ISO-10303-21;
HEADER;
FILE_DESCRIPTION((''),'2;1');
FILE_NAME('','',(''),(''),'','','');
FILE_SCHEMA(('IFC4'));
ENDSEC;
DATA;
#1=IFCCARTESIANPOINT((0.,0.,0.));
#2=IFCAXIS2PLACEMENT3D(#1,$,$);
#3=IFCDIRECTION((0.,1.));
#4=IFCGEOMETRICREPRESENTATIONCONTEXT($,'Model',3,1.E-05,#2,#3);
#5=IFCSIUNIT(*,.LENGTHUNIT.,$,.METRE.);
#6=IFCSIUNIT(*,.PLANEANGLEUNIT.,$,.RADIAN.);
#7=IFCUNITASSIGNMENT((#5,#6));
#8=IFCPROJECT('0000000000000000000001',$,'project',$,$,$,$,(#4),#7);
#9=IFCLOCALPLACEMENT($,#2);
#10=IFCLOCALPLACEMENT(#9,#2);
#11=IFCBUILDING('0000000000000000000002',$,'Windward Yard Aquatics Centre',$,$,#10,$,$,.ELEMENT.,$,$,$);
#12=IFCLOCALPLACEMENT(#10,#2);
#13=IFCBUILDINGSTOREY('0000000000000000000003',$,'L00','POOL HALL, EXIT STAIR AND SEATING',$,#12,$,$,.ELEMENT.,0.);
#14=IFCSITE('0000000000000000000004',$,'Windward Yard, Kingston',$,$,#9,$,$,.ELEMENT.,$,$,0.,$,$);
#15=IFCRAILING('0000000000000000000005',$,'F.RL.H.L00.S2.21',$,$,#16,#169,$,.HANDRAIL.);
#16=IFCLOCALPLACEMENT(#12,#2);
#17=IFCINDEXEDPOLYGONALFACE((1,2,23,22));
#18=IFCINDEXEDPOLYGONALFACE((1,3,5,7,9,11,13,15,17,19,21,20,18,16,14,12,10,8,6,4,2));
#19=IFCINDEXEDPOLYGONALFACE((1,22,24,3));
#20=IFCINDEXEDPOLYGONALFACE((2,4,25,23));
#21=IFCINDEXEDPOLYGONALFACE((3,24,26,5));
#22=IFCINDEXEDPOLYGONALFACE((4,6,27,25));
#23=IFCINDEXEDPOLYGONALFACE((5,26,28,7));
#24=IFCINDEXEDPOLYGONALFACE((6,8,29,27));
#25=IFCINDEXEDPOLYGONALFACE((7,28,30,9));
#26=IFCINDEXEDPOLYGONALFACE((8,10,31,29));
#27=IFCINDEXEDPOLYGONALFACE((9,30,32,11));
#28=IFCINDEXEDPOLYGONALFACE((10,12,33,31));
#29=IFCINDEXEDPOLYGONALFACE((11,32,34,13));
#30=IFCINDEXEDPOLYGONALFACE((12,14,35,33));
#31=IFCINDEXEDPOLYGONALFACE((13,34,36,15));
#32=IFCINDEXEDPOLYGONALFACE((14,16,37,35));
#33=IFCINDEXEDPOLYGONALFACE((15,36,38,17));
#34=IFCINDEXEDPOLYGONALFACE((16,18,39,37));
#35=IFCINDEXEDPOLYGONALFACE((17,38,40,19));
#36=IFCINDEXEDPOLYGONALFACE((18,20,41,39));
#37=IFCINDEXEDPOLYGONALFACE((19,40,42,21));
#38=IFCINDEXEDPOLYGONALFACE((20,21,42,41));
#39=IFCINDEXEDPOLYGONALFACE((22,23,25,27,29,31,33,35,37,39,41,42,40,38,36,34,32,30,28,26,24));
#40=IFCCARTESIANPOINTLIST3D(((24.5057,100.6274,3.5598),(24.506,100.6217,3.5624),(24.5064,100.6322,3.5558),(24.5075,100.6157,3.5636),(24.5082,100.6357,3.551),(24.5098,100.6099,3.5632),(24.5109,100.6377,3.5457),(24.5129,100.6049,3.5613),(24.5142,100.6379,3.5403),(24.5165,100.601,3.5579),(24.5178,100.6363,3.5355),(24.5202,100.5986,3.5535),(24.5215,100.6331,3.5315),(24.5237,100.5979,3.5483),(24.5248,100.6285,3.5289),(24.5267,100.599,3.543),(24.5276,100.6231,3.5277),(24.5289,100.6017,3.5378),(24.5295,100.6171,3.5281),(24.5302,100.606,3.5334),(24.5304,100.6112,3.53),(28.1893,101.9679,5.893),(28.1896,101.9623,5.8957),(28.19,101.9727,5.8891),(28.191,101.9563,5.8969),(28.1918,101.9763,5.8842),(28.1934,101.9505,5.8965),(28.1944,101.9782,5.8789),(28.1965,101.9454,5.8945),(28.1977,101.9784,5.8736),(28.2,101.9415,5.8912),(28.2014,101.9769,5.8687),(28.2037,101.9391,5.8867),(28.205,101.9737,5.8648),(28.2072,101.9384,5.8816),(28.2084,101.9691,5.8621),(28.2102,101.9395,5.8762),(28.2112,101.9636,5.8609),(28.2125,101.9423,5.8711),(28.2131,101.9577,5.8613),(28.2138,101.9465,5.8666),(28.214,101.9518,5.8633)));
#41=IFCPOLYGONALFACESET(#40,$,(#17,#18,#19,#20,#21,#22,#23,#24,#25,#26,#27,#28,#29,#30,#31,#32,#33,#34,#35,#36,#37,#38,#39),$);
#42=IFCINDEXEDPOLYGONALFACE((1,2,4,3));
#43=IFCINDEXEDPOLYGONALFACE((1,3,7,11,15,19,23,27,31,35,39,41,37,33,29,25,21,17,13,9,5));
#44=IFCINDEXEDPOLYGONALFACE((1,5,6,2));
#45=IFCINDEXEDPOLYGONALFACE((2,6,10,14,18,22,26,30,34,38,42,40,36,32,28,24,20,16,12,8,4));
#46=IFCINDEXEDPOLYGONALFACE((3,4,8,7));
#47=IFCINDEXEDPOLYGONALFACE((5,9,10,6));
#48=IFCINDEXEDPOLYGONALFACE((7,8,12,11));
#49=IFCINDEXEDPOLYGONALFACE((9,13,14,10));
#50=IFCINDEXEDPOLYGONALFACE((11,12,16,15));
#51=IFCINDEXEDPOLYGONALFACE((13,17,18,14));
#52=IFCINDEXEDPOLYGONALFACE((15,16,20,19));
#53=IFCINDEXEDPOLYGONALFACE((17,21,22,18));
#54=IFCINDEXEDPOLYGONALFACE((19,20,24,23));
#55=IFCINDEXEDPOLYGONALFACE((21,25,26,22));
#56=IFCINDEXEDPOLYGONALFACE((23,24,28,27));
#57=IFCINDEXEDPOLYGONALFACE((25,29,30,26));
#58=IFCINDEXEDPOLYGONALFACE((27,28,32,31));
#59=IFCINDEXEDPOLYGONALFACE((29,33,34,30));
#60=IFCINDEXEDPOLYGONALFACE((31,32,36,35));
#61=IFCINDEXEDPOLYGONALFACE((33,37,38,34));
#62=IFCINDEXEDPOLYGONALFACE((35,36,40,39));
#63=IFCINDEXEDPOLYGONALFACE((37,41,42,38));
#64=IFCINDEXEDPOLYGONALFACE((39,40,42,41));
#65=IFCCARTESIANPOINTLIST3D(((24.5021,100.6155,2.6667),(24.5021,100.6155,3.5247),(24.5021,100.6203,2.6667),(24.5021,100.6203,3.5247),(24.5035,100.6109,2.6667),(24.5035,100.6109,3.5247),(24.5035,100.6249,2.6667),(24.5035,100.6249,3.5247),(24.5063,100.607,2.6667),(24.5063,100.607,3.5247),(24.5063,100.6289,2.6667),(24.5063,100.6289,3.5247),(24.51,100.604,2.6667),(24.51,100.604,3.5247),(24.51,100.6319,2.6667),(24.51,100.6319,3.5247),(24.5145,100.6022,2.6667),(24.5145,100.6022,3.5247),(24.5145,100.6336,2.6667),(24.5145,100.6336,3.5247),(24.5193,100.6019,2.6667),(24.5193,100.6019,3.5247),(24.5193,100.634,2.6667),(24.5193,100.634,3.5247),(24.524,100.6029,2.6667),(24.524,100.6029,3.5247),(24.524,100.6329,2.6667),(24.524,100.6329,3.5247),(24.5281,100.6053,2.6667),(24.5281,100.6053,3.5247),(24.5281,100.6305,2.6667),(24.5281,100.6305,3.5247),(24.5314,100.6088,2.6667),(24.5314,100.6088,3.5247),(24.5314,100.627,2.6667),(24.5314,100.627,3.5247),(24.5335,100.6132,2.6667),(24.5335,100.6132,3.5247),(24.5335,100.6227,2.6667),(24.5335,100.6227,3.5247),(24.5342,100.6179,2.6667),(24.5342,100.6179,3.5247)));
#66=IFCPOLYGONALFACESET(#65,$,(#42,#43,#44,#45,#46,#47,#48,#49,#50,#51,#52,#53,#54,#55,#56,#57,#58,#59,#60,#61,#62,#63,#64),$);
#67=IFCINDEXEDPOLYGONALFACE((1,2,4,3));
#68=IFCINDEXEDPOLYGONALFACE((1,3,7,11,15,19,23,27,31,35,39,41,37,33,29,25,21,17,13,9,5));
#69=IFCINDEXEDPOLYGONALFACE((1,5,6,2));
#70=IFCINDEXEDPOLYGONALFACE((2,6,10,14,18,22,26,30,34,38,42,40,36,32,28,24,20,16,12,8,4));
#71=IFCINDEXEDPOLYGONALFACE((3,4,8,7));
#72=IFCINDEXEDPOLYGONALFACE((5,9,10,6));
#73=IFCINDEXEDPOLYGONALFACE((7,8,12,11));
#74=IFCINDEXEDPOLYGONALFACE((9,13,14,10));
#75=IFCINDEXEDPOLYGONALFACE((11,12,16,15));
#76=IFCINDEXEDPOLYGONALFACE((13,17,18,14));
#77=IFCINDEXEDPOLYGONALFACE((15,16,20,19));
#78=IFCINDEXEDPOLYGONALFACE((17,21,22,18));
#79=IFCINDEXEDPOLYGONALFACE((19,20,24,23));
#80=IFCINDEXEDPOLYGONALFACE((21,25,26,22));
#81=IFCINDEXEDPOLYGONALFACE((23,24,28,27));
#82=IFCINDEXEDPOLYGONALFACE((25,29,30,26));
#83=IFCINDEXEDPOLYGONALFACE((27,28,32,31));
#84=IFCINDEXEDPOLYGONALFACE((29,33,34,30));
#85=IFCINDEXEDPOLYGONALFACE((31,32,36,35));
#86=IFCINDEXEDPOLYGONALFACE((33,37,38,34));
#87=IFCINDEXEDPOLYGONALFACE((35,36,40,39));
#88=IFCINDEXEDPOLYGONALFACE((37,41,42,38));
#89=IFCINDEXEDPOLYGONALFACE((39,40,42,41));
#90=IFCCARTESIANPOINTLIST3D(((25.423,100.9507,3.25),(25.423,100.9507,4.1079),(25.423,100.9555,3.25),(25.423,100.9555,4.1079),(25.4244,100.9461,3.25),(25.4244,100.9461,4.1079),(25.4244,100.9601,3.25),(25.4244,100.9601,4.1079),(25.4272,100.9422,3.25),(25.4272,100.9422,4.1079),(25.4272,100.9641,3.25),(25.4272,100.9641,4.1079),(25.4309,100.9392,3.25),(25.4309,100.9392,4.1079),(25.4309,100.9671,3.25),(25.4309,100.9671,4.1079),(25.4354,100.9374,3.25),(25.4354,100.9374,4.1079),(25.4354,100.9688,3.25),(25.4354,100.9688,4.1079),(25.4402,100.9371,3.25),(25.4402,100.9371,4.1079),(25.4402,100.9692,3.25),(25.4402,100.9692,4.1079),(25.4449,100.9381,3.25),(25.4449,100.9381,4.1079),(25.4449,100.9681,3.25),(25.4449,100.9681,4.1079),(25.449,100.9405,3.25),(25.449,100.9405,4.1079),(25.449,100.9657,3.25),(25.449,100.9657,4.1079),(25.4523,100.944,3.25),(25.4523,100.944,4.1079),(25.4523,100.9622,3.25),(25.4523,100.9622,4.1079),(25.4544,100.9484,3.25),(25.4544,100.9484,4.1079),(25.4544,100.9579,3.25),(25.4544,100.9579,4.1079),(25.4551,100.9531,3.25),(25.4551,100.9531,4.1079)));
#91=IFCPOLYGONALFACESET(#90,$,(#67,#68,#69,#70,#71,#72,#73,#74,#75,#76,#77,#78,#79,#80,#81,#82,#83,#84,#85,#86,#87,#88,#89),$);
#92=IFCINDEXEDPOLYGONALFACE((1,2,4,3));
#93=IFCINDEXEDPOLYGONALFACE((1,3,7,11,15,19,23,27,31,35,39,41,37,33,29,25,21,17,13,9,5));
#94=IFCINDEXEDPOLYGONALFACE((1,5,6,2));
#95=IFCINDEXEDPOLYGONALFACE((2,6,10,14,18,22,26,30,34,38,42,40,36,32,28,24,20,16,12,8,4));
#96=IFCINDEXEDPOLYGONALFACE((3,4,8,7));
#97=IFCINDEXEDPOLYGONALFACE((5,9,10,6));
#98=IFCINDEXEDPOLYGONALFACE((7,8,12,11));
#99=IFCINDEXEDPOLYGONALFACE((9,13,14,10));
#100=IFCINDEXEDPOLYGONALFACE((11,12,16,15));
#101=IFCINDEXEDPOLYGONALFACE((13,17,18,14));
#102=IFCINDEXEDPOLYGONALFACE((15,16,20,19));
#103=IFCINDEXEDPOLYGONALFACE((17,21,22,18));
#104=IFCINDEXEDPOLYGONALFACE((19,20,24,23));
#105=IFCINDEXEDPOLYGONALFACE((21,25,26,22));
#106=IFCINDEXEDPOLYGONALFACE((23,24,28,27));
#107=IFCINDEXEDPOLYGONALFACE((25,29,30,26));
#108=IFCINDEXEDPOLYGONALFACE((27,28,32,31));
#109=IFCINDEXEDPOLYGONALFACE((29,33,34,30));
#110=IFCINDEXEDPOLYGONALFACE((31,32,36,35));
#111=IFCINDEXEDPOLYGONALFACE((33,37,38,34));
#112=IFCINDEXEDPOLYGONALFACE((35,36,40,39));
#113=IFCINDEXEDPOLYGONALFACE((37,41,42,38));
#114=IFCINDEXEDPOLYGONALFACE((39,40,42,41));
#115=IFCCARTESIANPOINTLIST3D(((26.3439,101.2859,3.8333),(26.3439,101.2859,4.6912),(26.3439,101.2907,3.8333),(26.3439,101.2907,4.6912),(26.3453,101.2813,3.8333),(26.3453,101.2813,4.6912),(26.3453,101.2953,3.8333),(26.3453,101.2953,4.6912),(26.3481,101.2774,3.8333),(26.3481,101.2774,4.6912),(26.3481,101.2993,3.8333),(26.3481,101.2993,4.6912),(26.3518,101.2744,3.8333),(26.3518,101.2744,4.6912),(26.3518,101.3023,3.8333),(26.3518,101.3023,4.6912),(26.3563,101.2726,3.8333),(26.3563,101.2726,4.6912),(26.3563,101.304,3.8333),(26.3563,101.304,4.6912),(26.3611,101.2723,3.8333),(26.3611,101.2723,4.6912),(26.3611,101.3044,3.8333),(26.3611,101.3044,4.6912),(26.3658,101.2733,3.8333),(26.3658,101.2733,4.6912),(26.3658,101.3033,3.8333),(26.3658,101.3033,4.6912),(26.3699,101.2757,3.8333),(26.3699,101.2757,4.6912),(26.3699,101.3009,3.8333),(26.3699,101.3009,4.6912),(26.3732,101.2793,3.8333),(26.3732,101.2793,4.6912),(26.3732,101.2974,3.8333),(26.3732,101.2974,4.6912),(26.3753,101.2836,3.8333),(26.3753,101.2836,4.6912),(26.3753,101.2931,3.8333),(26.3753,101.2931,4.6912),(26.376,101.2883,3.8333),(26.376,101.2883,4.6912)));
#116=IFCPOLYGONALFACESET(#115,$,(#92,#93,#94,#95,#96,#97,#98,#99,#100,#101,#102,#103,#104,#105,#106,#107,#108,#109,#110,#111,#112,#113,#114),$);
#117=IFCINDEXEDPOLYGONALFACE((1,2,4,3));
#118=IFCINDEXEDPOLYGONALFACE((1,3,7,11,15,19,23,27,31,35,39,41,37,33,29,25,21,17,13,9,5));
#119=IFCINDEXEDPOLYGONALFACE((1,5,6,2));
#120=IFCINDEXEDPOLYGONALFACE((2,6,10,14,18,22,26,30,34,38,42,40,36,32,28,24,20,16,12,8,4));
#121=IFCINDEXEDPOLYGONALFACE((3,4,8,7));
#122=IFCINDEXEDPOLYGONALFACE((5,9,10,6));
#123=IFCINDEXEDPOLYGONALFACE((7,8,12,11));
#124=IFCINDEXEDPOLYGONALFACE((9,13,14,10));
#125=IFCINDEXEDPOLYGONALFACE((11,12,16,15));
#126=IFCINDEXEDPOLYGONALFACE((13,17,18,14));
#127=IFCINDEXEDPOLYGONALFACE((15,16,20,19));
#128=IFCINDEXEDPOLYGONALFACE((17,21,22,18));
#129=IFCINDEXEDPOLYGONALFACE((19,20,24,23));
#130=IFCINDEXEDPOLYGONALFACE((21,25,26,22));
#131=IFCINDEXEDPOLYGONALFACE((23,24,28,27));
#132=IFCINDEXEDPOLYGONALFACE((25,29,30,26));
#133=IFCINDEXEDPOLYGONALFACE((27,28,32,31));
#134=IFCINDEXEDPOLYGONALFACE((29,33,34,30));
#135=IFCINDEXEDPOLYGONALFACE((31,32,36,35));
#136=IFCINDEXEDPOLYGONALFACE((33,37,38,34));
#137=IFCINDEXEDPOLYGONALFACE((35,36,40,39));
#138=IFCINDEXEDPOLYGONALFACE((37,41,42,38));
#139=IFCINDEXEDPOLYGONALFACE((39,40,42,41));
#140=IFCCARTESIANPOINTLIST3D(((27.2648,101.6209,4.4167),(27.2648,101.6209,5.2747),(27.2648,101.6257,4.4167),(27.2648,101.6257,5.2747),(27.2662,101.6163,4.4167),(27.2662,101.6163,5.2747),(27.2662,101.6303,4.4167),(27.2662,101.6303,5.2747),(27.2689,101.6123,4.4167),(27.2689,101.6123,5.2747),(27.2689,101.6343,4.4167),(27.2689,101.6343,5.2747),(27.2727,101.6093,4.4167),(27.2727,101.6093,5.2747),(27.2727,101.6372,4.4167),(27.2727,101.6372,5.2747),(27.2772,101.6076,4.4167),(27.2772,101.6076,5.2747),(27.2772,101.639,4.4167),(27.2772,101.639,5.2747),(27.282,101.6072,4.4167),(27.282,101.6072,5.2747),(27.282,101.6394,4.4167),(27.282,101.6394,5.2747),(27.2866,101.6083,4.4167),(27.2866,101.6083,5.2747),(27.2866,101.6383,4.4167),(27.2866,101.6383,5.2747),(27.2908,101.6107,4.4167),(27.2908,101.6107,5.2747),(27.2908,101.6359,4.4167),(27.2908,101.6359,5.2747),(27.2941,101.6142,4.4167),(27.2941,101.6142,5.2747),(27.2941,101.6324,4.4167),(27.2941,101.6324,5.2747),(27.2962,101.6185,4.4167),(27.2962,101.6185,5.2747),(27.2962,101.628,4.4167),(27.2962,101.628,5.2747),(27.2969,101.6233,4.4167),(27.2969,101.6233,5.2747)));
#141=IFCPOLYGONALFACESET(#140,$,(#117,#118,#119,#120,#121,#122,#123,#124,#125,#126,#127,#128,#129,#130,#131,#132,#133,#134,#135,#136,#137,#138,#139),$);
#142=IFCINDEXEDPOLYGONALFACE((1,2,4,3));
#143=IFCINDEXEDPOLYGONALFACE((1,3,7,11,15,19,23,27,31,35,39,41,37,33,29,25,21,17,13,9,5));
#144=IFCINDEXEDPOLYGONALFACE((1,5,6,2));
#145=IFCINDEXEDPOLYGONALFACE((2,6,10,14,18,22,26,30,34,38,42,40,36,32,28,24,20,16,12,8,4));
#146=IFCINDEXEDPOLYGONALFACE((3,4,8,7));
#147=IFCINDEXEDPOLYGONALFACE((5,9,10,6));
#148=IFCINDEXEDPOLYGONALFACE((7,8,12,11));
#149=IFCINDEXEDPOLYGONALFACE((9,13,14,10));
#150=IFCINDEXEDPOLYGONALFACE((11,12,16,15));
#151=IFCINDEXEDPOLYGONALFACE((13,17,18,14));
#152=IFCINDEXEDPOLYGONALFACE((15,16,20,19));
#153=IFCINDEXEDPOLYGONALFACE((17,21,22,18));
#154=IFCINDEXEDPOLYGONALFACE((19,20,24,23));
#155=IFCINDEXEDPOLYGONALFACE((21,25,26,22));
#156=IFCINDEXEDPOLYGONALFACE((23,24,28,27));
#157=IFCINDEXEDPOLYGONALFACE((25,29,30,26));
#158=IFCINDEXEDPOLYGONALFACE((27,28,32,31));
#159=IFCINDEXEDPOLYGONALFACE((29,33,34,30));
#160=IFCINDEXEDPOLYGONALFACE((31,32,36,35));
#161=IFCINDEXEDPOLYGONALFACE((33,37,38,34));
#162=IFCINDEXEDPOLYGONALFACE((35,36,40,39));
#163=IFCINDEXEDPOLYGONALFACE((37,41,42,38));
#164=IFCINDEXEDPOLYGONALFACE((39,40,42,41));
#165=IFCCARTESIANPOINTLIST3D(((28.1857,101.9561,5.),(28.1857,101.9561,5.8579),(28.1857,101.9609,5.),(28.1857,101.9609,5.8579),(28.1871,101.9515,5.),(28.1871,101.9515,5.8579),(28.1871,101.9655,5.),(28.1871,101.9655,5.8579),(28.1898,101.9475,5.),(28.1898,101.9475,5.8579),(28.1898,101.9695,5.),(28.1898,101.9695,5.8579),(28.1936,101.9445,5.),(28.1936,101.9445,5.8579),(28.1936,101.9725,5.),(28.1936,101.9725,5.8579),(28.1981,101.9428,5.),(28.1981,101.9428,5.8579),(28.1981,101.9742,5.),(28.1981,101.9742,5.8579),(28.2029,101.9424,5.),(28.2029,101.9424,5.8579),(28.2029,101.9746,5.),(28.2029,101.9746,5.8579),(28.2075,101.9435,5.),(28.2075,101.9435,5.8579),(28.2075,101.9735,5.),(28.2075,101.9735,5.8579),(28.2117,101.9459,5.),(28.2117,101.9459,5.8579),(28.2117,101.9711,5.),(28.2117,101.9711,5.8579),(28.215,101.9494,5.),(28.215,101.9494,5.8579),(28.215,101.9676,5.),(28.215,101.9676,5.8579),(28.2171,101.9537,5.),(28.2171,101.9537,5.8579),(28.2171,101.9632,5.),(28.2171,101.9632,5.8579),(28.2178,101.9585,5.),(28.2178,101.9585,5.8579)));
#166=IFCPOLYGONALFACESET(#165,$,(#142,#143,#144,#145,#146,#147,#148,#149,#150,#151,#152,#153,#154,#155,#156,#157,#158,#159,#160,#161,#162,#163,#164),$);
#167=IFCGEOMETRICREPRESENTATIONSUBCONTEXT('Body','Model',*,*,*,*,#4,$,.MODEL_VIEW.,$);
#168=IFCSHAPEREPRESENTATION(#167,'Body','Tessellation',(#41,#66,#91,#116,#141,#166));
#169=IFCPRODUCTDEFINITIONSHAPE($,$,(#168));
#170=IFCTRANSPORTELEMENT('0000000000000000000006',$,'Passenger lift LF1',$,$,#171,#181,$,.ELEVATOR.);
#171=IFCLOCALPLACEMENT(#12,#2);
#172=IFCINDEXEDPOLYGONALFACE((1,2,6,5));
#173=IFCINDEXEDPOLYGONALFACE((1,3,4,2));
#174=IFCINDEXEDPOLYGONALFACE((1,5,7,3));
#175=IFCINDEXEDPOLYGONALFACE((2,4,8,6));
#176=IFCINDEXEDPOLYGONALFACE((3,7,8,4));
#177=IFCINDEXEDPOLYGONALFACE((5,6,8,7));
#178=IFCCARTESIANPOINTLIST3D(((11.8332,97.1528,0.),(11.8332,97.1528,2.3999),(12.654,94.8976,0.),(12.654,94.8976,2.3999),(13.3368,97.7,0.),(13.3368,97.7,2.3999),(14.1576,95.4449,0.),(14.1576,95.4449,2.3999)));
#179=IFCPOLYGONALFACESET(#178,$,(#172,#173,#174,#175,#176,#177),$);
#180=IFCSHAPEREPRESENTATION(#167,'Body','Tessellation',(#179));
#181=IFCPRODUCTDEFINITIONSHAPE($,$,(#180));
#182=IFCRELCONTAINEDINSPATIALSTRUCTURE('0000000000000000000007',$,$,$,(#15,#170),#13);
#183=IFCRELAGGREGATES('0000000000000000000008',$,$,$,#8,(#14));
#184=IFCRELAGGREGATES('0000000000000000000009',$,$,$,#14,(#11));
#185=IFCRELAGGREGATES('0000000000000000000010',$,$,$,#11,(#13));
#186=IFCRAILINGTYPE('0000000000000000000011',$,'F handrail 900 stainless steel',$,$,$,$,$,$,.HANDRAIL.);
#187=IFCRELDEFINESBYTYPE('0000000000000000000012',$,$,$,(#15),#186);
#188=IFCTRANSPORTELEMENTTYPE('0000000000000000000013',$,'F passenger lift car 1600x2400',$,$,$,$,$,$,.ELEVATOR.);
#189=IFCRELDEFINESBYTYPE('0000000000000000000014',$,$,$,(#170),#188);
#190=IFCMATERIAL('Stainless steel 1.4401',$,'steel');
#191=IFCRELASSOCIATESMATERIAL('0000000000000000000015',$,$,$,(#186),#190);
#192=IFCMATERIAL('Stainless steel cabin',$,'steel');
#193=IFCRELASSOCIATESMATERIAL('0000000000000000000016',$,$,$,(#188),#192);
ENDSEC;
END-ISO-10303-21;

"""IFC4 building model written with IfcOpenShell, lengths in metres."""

from ifc_helpers import new_model, si_unit, direction, frame, origin, origin_2d, place, context, subcontext, project, spatial, rectangle, circle, extrude, material, type_object, element, save


model = new_model("IFC4")

# Units and contexts
model_context = context("Model", 3, precision=1e-05, world=origin(), true_north=direction((0.0, 1.0)))
body_context = subcontext(model_context, "Body", "Model", "MODEL_VIEW")
ifc_project = project(units=[si_unit("LENGTHUNIT", "METRE"), si_unit("PLANEANGLEUNIT", "RADIAN")], contexts=[model_context])

# Site, building, storey
site_placement = place(None, origin())
site = spatial("IfcSite", under=ifc_project, at=site_placement, Name="Windward Yard, Kingston", CompositionType="ELEMENT", RefElevation=0.0)
building_placement = place(site_placement, origin())
building = spatial("IfcBuilding", under=site, at=building_placement, Name="Windward Yard Aquatics Centre", CompositionType="ELEMENT")
storey_placement = place(building_placement, origin())
storey = spatial("IfcBuildingStorey", under=building, at=storey_placement, Name="L00", Description="POOL HALL, EXIT STAIR AND SEATING", CompositionType="ELEMENT", Elevation=0.0)

# Railing
ifc_material_1 = material(Name="Stainless steel 1.4401", Category="steel")
railing_type = type_object("IfcRailingType", Name="F handrail 900 stainless steel", PredefinedType="HANDRAIL", material=ifc_material_1)
railing_1_placement = place(storey_placement, frame((24.5181, 100.6179, 2.6667)))
element("IfcRailing", 1, at=railing_1_placement, inside=storey, type_object=railing_type, Name="F.RL.H.L00.S2.21", PredefinedType="HANDRAIL", context=body_context, shape_type="SweptSolid", body=[
    extrude(circle(Radius=0.021, at=origin_2d()), frame((0.0, 0.0, 0.8789), z_axis=(0.807486, 0.29387, 0.511476), x_axis=(-0.341988, 0.939704, 0.0)), (0.0, 0.0, 1.0), 4.5618),
    extrude(circle(Radius=0.0161, at=origin_2d()), origin(), (0.0, 0.0, 1.0), 0.8579),
    extrude(circle(Radius=0.0161, at=origin_2d()), frame((0.9209, 0.3352, 0.5833)), (0.0, 0.0, 1.0), 0.8579),
    extrude(circle(Radius=0.0161, at=origin_2d()), frame((1.8418, 0.6704, 1.1665)), (0.0, 0.0, 1.0), 0.8579),
    extrude(circle(Radius=0.0161, at=origin_2d()), frame((2.7627, 1.0054, 1.75)), (0.0, 0.0, 1.0), 0.8579),
    extrude(circle(Radius=0.0161, at=origin_2d()), frame((3.6836, 1.3406, 2.3333)), (0.0, 0.0, 1.0), 0.8579),
])

# Transport element
ifc_material_2 = material(Name="Stainless steel cabin", Category="steel")
transport_element_type = type_object("IfcTransportElementType", Name="F passenger lift car 1600x2400", PredefinedType="ELEVATOR", material=ifc_material_2)
transport_element_placement = place(storey_placement, frame((12.9954, 96.2988, 0.0), z_axis=(0.0, 0.0, 1.0), x_axis=(0.939693, 0.34202, 0.0)))
element("IfcTransportElement", 2, at=transport_element_placement, inside=storey, type_object=transport_element_type, Name="Passenger lift LF1", PredefinedType="ELEVATOR", context=body_context, shape_type="SweptSolid", body=[
    extrude(rectangle(XDim=1.6001, YDim=2.3999, at=origin_2d()), origin(), (0.0, 0.0, 1.0), 2.3999),
])

save(model, "model.ifc")
